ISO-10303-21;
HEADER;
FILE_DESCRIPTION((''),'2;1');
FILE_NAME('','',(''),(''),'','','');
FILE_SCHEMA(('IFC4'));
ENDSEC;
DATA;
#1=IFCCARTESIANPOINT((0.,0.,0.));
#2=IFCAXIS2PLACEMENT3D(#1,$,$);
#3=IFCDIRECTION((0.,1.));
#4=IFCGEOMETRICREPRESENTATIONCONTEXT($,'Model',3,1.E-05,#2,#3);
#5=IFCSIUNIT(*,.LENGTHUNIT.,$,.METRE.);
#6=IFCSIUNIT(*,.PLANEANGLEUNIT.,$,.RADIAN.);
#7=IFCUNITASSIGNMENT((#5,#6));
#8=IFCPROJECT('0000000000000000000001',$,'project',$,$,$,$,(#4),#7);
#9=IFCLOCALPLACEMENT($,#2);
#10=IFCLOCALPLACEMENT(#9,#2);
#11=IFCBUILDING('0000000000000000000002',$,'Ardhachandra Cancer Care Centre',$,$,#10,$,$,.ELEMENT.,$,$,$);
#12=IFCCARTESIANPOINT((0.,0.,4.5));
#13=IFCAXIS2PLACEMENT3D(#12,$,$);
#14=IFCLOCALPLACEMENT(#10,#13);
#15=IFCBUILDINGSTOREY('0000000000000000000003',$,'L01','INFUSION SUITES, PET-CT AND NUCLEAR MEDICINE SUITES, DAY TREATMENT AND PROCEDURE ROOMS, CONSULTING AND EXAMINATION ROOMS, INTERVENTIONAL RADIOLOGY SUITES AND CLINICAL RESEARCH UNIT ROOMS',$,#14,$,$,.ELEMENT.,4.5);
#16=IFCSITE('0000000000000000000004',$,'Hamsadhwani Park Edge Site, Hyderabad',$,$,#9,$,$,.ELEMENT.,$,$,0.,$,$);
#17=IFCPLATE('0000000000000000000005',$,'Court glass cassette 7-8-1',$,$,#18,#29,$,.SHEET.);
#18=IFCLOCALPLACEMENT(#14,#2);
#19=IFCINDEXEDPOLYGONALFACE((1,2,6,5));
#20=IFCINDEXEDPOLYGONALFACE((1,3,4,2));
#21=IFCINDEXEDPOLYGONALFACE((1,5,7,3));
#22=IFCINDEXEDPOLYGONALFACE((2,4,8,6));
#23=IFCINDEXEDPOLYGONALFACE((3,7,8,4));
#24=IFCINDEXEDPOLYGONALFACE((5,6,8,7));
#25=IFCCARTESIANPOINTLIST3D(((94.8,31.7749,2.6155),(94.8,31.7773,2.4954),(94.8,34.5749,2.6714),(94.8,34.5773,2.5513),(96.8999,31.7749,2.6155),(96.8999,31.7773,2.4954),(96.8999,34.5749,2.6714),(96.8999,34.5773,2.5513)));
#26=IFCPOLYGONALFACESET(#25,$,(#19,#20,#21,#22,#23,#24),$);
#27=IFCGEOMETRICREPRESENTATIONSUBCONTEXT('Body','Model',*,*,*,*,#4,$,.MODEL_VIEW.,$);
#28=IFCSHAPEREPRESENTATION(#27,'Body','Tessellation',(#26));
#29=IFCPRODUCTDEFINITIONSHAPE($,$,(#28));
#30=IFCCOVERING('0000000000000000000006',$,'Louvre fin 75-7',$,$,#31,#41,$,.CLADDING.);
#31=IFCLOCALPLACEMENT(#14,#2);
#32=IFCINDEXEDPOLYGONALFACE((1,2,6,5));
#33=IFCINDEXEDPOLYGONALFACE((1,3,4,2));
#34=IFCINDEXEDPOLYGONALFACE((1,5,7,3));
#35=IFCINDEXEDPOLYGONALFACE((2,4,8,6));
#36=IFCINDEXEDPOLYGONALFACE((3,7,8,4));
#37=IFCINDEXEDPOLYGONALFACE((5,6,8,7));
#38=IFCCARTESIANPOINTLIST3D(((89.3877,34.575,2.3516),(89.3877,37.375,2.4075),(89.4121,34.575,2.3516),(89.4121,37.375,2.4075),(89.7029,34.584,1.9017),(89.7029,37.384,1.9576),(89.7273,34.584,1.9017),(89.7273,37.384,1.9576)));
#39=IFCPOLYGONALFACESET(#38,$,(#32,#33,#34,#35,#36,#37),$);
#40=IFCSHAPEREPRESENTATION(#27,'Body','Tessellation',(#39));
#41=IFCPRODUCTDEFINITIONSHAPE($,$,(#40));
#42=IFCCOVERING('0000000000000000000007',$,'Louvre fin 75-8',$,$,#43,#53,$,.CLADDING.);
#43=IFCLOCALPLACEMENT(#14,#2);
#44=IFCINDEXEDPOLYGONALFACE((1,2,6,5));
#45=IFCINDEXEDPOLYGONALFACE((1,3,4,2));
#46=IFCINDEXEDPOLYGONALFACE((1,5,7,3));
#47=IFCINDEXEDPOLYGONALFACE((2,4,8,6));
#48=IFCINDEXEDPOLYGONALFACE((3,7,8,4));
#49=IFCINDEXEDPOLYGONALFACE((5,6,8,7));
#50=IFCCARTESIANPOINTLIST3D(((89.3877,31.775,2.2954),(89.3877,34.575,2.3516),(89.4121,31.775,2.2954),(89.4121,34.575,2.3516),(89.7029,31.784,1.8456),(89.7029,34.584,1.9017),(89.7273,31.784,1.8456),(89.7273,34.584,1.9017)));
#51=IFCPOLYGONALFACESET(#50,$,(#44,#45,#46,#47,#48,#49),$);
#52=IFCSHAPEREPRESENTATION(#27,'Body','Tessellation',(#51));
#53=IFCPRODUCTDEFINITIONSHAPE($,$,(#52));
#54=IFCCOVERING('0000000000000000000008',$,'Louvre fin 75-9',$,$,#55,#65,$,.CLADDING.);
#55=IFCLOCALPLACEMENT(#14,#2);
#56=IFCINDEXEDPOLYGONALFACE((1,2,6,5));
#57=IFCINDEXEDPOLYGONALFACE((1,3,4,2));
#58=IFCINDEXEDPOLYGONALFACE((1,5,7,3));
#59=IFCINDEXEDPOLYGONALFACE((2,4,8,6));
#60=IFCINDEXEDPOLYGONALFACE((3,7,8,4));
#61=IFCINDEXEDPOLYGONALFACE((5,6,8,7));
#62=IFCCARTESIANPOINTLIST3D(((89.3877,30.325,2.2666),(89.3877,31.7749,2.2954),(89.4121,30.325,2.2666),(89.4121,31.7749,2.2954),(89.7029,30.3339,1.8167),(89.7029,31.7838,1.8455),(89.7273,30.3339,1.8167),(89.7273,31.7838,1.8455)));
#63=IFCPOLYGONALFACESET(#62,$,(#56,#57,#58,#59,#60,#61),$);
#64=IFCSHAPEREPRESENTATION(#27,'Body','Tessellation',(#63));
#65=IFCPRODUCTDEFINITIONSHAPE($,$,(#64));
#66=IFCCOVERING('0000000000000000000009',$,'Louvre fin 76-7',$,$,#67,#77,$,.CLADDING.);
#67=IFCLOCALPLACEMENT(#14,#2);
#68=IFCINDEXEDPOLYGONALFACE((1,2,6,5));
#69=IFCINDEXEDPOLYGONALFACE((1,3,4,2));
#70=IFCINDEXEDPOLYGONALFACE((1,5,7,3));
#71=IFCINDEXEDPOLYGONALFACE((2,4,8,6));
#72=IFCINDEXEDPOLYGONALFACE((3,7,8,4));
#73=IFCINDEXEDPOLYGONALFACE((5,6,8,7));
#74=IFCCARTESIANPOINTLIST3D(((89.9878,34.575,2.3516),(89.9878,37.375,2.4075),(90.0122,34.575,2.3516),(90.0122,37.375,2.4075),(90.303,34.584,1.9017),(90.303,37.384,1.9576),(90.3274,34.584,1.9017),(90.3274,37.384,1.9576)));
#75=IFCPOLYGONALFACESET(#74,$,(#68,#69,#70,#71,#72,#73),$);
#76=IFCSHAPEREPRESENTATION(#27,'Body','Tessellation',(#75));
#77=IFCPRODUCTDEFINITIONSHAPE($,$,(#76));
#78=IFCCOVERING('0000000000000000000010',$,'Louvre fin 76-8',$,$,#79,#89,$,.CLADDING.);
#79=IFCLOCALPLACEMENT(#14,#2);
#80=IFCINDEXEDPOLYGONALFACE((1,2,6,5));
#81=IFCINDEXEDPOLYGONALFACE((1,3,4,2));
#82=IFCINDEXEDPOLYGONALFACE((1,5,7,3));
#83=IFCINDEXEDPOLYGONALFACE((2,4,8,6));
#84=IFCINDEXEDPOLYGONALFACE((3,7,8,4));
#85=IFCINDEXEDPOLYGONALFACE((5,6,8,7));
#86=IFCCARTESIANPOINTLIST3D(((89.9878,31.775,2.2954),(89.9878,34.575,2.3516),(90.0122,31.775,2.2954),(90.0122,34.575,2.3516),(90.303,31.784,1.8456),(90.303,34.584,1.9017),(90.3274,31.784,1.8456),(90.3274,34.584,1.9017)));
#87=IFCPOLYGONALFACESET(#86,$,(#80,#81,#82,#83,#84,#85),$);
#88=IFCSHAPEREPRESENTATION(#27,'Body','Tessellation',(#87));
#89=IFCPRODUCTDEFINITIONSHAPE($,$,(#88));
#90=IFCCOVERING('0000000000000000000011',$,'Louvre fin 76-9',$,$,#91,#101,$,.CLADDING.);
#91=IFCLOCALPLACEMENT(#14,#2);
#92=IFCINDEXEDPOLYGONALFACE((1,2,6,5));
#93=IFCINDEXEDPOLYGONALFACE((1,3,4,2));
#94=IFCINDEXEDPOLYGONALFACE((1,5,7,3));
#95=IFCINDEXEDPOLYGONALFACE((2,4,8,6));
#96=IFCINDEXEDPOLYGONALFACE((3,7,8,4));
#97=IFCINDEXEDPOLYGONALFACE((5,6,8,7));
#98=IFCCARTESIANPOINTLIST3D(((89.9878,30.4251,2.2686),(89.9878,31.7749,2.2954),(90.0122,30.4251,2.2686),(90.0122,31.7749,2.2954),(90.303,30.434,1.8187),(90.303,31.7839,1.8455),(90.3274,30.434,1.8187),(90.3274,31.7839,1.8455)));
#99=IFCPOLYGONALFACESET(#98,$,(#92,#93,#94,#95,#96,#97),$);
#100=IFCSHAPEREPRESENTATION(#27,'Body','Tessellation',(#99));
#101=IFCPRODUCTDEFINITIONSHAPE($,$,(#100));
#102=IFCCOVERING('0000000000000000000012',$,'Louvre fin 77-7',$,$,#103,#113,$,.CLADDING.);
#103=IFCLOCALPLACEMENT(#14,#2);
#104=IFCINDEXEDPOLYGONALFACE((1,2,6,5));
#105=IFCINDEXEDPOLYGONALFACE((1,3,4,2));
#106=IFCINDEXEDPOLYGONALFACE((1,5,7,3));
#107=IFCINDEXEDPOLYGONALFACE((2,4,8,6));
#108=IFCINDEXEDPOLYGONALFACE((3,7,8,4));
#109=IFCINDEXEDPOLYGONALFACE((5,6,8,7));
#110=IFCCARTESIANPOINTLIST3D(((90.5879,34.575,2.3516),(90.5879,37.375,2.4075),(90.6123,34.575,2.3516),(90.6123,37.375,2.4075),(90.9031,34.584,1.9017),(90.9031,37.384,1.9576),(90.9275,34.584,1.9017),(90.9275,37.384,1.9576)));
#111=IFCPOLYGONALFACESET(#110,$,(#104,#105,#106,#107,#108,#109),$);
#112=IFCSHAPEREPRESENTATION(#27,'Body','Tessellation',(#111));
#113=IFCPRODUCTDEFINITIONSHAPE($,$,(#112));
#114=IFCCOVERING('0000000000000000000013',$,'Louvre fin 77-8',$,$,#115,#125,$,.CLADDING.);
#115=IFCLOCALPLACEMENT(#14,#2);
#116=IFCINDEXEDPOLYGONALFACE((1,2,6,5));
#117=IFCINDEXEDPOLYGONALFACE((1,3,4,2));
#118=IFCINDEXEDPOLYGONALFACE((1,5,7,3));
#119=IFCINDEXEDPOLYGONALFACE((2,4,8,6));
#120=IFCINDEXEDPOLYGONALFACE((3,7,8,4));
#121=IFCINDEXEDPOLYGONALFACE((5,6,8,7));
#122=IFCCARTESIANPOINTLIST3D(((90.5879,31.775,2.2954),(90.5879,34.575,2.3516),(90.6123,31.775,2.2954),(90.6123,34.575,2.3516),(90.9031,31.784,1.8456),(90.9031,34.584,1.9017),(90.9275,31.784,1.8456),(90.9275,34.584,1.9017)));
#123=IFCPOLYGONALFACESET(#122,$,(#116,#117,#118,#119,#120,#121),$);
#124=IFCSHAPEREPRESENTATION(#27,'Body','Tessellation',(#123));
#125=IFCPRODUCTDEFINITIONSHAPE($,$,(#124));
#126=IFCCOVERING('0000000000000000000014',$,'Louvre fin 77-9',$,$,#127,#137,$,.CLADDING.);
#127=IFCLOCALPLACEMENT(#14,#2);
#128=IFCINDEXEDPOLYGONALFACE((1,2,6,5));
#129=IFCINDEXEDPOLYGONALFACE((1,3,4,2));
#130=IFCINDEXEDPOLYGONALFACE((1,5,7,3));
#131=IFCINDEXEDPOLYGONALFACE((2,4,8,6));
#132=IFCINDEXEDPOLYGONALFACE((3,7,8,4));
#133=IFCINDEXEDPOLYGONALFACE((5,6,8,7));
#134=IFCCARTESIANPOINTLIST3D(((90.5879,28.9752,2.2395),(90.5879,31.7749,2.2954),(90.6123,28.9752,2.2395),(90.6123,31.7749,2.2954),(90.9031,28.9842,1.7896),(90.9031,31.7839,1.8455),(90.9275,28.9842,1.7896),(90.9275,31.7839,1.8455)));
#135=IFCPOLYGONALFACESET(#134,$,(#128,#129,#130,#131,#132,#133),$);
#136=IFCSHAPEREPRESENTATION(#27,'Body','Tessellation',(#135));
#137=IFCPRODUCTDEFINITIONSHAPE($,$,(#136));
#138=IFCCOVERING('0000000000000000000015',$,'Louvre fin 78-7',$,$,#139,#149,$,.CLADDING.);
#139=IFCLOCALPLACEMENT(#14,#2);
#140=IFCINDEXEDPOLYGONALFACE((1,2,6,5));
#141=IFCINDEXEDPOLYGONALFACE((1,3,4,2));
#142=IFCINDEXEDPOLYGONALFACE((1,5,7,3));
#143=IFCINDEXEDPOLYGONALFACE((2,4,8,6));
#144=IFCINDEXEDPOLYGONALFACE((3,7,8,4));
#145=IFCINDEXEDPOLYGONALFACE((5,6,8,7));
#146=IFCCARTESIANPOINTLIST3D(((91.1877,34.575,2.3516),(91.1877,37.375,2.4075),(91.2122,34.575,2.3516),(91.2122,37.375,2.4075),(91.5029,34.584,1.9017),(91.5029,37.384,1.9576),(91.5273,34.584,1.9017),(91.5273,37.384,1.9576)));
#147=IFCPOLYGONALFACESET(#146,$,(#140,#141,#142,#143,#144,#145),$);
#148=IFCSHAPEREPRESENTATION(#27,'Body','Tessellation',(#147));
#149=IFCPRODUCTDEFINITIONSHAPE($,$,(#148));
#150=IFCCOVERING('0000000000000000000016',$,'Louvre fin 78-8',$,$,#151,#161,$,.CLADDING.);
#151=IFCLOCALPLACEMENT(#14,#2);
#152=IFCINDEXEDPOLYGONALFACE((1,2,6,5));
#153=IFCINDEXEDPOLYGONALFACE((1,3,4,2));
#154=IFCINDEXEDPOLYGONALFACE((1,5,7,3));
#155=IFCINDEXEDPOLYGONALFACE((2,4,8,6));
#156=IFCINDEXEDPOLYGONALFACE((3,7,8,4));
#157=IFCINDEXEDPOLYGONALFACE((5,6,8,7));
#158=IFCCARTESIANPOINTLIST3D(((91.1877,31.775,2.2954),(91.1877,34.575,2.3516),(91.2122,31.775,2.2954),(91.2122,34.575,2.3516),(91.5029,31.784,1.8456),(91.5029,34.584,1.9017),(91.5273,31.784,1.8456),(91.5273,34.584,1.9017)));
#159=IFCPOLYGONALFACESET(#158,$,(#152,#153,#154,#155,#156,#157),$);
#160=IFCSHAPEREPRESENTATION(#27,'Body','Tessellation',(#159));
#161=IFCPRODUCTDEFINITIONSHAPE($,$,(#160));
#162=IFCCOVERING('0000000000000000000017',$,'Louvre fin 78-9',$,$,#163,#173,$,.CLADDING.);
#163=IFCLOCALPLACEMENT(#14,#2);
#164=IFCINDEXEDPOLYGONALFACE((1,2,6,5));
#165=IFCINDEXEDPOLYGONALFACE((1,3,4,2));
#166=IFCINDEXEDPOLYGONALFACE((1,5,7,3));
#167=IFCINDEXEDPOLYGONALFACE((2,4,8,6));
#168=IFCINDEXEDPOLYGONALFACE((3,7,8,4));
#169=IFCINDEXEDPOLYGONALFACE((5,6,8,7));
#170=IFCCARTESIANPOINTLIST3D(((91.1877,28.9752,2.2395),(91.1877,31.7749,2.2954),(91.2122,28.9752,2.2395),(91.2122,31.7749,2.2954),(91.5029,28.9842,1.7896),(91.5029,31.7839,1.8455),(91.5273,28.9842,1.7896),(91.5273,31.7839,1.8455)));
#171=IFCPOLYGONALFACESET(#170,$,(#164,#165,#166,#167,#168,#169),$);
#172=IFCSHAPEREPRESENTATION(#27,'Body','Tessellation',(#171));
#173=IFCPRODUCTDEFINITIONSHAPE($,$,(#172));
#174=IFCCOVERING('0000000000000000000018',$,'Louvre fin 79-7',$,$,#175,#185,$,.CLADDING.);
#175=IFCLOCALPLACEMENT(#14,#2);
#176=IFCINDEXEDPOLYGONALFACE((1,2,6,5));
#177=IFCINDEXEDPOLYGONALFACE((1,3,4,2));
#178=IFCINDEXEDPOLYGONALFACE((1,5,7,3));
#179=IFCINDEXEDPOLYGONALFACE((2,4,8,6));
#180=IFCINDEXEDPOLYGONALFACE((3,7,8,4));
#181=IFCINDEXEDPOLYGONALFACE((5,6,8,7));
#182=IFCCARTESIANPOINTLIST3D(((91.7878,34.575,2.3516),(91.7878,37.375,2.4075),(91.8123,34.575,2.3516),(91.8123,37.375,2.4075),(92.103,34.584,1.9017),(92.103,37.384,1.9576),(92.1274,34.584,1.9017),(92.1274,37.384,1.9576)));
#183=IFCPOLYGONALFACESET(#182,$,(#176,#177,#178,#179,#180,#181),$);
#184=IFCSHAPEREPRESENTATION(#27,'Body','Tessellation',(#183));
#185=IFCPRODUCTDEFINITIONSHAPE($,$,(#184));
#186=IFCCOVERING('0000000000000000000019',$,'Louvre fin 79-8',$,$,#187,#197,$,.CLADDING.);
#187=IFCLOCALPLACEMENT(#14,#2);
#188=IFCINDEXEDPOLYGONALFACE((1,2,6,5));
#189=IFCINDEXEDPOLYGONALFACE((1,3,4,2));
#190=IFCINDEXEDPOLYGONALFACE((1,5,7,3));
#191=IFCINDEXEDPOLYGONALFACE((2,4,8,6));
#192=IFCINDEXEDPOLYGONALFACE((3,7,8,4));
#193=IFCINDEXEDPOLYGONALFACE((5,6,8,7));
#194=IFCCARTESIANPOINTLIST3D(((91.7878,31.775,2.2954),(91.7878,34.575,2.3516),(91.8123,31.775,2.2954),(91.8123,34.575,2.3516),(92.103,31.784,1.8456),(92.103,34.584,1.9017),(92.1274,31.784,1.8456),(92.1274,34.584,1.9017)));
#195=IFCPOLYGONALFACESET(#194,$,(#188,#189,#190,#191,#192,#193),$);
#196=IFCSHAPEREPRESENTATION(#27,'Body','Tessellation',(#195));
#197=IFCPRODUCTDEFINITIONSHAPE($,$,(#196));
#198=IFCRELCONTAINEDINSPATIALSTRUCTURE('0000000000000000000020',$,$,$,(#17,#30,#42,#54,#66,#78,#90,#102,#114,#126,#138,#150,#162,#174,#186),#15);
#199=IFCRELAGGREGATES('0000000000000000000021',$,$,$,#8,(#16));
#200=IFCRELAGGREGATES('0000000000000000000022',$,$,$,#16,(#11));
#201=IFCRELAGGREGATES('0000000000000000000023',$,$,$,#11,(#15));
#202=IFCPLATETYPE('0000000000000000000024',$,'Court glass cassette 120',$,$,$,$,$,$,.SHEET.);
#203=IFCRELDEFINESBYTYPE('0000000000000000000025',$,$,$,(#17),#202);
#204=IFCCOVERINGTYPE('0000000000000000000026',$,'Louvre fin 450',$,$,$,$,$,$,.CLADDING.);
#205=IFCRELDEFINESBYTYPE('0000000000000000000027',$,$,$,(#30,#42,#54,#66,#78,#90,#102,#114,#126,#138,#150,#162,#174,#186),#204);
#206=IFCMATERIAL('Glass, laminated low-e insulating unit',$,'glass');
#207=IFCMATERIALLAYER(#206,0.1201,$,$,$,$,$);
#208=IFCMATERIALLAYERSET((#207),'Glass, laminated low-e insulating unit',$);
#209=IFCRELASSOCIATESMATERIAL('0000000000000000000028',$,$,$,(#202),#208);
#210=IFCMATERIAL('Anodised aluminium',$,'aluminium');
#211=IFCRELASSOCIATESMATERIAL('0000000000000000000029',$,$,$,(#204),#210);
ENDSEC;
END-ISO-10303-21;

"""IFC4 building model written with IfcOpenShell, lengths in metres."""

from ifc_helpers import new_model, si_unit, direction, frame, origin, place, context, subcontext, project, spatial, polyline, outline, extrude, material, layer, layer_set, material_profile, profile_set, type_object, element, save


model = new_model("IFC4")

# Units and contexts
model_context = context("Model", 3, precision=1e-05, world=origin(), true_north=direction((0.0, 1.0)))
body_context = subcontext(model_context, "Body", "Model", "MODEL_VIEW")
ifc_project = project(units=[si_unit("LENGTHUNIT", "METRE"), si_unit("PLANEANGLEUNIT", "RADIAN")], contexts=[model_context])

# Site, building, storey
site_placement = place(None, origin())
site = spatial("IfcSite", under=ifc_project, at=site_placement, Name="Hamsadhwani Park Edge Site, Hyderabad", CompositionType="ELEMENT", RefElevation=0.0)
building_placement = place(site_placement, origin())
building = spatial("IfcBuilding", under=site, at=building_placement, Name="Ardhachandra Cancer Care Centre", CompositionType="ELEMENT")
storey_placement = place(building_placement, frame((0.0, 0.0, 4.5)))
storey = spatial("IfcBuildingStorey", under=building, at=storey_placement, Name="L01", Description="INFUSION SUITES, PET-CT AND NUCLEAR MEDICINE SUITES, DAY TREATMENT AND PROCEDURE ROOMS, CONSULTING AND EXAMINATION ROOMS, INTERVENTIONAL RADIOLOGY SUITES AND CLINICAL RESEARCH UNIT ROOMS", CompositionType="ELEMENT", Elevation=4.5)

# Plate
ifc_material_1 = material(Name="Glass, laminated low-e insulating unit", Category="glass")
ifc_layer = layer(ifc_material_1, 0.1201)
ifc_layer_set = layer_set([ifc_layer], Name="Glass, laminated low-e insulating unit")
plate_type = type_object("IfcPlateType", Name="Court glass cassette 120", PredefinedType="SHEET", material=ifc_layer_set)
plate_placement = place(storey_placement, frame((94.8, 31.7749, 2.6155), z_axis=(0.0, -0.019963, 0.999801), x_axis=(0.0, 0.999801, 0.019963)))
element("IfcPlate", 1, at=plate_placement, inside=storey, type_object=plate_type, Name="Court glass cassette 7-8-1", PredefinedType="SHEET", context=body_context, shape_type="SweptSolid", body=[
    extrude(outline(polyline([(0.0, -2.0999), (2.8005, -2.0999), (2.8005, 0.0), (0.0, 0.0), (0.0, -2.0999)])), frame((0.0, 0.0, -0.1201)), (0.0, 0.0, 1.0), 0.1201),
])

# Coverings
ifc_material_2 = material(Name="Anodised aluminium", Category="aluminium")
ifc_material_profile_1 = material_profile(ifc_material_2, outline(polyline([(-0.0122, 0.0), (0.0122, 0.0), (0.3274, -0.45), (0.303, -0.45), (-0.0122, 0.0)])), Name="Louvre fin 450")
ifc_profile_set_1 = profile_set([ifc_material_profile_1], Name="Anodised aluminium")
covering_type = type_object("IfcCoveringType", Name="Louvre fin 450", PredefinedType="CLADDING", material=ifc_profile_set_1)
for number, where, z_axis, x_axis, name in (
    (2, (89.3999, 37.375, 2.4075), (0.0, -0.999801, -0.019963), (1.0, 0.0, 0.0), "Louvre fin 75-7"),
    (3, (89.3999, 34.575, 2.3516), (0.0, -0.999799, -0.02005), (1.0, 0.0, 0.0), "Louvre fin 75-8"),
):
    element("IfcCovering", number, at=place(storey_placement, frame(where, z_axis=z_axis, x_axis=x_axis)), inside=storey, type_object=covering_type, Name=name, PredefinedType="CLADDING", context=body_context, shape_type="SweptSolid", body=[
        extrude(outline(polyline([(-0.0122, 0.0), (0.0122, 0.0), (0.3274, -0.45), (0.303, -0.45), (-0.0122, 0.0)])), origin(), (0.0, 0.0, 1.0), 2.8005),
    ])
covering_1_placement = place(storey_placement, frame((89.3999, 31.7749, 2.2954), z_axis=(0.0, -0.999803, -0.019865), x_axis=(1.0, 0.0, 0.0)))
element("IfcCovering", 4, at=covering_1_placement, inside=storey, type_object=covering_type, Name="Louvre fin 75-9", PredefinedType="CLADDING", context=body_context, shape_type="SweptSolid", body=[
    extrude(outline(polyline([(-0.0122, 0.0), (0.0122, 0.0), (0.3274, -0.45), (0.303, -0.45), (-0.0122, 0.0)])), origin(), (0.0, 0.0, 1.0), 1.4502),
])
for number, where, z_axis, x_axis, name in (
    (5, (90.0, 37.375, 2.4075), (0.0, -0.999801, -0.019963), (1.0, 0.0, 0.0), "Louvre fin 76-7"),
    (6, (90.0, 34.575, 2.3516), (0.0, -0.999799, -0.02005), (1.0, 0.0, 0.0), "Louvre fin 76-8"),
):
    element("IfcCovering", number, at=place(storey_placement, frame(where, z_axis=z_axis, x_axis=x_axis)), inside=storey, type_object=covering_type, Name=name, PredefinedType="CLADDING", context=body_context, shape_type="SweptSolid", body=[
        extrude(outline(polyline([(-0.0122, 0.0), (0.0122, 0.0), (0.3274, -0.45), (0.303, -0.45), (-0.0122, 0.0)])), origin(), (0.0, 0.0, 1.0), 2.8005),
    ])
covering_2_placement = place(storey_placement, frame((90.0, 31.7749, 2.2954), z_axis=(0.0, -0.999802, -0.019891), x_axis=(1.0, 0.0, 0.0)))
element("IfcCovering", 7, at=covering_2_placement, inside=storey, type_object=covering_type, Name="Louvre fin 76-9", PredefinedType="CLADDING", context=body_context, shape_type="SweptSolid", body=[
    extrude(outline(polyline([(-0.0122, 0.0), (0.0122, 0.0), (0.3274, -0.45), (0.303, -0.45), (-0.0122, 0.0)])), origin(), (0.0, 0.0, 1.0), 1.3501),
])
for number, where, z_axis, x_axis, name in (
    (8, (90.6001, 37.375, 2.4075), (0.0, -0.999801, -0.019963), (1.0, 0.0, 0.0), "Louvre fin 77-7"),
    (9, (90.6001, 34.575, 2.3516), (0.0, -0.999799, -0.02005), (1.0, 0.0, 0.0), "Louvre fin 77-8"),
):
    element("IfcCovering", number, at=place(storey_placement, frame(where, z_axis=z_axis, x_axis=x_axis)), inside=storey, type_object=covering_type, Name=name, PredefinedType="CLADDING", context=body_context, shape_type="SweptSolid", body=[
        extrude(outline(polyline([(-0.0122, 0.0), (0.0122, 0.0), (0.3274, -0.45), (0.303, -0.45), (-0.0122, 0.0)])), origin(), (0.0, 0.0, 1.0), 2.8005),
    ])
covering_3_placement = place(storey_placement, frame((90.6001, 31.7749, 2.2954), z_axis=(0.0, -0.999801, -0.019965), x_axis=(1.0, 0.0, 0.0)))
element("IfcCovering", 10, at=covering_3_placement, inside=storey, type_object=covering_type, Name="Louvre fin 77-9", PredefinedType="CLADDING", context=body_context, shape_type="SweptSolid", body=[
    extrude(outline(polyline([(-0.0122, 0.0), (0.0122, 0.0), (0.3274, -0.45), (0.303, -0.45), (-0.0122, 0.0)])), origin(), (0.0, 0.0, 1.0), 2.8003),
])
for number, where, z_axis, x_axis, name in (
    (11, (91.2, 37.375, 2.4075), (0.0, -0.999801, -0.019963), (1.0, 0.0, 0.0), "Louvre fin 78-7"),
    (12, (91.2, 34.575, 2.3516), (0.0, -0.999799, -0.02005), (1.0, 0.0, 0.0), "Louvre fin 78-8"),
):
    element("IfcCovering", number, at=place(storey_placement, frame(where, z_axis=z_axis, x_axis=x_axis)), inside=storey, type_object=covering_type, Name=name, PredefinedType="CLADDING", context=body_context, shape_type="SweptSolid", body=[
        extrude(outline(polyline([(-0.0122, 0.0), (0.0122, 0.0), (0.3274, -0.45), (0.303, -0.45), (-0.0122, 0.0)])), origin(), (0.0, 0.0, 1.0), 2.8005),
    ])
covering_4_placement = place(storey_placement, frame((91.2, 31.7749, 2.2954), z_axis=(0.0, -0.999801, -0.019965), x_axis=(1.0, 0.0, 0.0)))
element("IfcCovering", 13, at=covering_4_placement, inside=storey, type_object=covering_type, Name="Louvre fin 78-9", PredefinedType="CLADDING", context=body_context, shape_type="SweptSolid", body=[
    extrude(outline(polyline([(-0.0122, 0.0), (0.0122, 0.0), (0.3274, -0.45), (0.303, -0.45), (-0.0122, 0.0)])), origin(), (0.0, 0.0, 1.0), 2.8003),
])
for number, where, z_axis, x_axis, name in (
    (14, (91.8, 37.375, 2.4075), (0.0, -0.999801, -0.019963), (1.0, 0.0, 0.0), "Louvre fin 79-7"),
    (15, (91.8, 34.575, 2.3516), (0.0, -0.999799, -0.02005), (1.0, 0.0, 0.0), "Louvre fin 79-8"),
):
    element("IfcCovering", number, at=place(storey_placement, frame(where, z_axis=z_axis, x_axis=x_axis)), inside=storey, type_object=covering_type, Name=name, PredefinedType="CLADDING", context=body_context, shape_type="SweptSolid", body=[
        extrude(outline(polyline([(-0.0122, 0.0), (0.0122, 0.0), (0.3274, -0.45), (0.303, -0.45), (-0.0122, 0.0)])), origin(), (0.0, 0.0, 1.0), 2.8005),
    ])

save(model, "model.ifc")
